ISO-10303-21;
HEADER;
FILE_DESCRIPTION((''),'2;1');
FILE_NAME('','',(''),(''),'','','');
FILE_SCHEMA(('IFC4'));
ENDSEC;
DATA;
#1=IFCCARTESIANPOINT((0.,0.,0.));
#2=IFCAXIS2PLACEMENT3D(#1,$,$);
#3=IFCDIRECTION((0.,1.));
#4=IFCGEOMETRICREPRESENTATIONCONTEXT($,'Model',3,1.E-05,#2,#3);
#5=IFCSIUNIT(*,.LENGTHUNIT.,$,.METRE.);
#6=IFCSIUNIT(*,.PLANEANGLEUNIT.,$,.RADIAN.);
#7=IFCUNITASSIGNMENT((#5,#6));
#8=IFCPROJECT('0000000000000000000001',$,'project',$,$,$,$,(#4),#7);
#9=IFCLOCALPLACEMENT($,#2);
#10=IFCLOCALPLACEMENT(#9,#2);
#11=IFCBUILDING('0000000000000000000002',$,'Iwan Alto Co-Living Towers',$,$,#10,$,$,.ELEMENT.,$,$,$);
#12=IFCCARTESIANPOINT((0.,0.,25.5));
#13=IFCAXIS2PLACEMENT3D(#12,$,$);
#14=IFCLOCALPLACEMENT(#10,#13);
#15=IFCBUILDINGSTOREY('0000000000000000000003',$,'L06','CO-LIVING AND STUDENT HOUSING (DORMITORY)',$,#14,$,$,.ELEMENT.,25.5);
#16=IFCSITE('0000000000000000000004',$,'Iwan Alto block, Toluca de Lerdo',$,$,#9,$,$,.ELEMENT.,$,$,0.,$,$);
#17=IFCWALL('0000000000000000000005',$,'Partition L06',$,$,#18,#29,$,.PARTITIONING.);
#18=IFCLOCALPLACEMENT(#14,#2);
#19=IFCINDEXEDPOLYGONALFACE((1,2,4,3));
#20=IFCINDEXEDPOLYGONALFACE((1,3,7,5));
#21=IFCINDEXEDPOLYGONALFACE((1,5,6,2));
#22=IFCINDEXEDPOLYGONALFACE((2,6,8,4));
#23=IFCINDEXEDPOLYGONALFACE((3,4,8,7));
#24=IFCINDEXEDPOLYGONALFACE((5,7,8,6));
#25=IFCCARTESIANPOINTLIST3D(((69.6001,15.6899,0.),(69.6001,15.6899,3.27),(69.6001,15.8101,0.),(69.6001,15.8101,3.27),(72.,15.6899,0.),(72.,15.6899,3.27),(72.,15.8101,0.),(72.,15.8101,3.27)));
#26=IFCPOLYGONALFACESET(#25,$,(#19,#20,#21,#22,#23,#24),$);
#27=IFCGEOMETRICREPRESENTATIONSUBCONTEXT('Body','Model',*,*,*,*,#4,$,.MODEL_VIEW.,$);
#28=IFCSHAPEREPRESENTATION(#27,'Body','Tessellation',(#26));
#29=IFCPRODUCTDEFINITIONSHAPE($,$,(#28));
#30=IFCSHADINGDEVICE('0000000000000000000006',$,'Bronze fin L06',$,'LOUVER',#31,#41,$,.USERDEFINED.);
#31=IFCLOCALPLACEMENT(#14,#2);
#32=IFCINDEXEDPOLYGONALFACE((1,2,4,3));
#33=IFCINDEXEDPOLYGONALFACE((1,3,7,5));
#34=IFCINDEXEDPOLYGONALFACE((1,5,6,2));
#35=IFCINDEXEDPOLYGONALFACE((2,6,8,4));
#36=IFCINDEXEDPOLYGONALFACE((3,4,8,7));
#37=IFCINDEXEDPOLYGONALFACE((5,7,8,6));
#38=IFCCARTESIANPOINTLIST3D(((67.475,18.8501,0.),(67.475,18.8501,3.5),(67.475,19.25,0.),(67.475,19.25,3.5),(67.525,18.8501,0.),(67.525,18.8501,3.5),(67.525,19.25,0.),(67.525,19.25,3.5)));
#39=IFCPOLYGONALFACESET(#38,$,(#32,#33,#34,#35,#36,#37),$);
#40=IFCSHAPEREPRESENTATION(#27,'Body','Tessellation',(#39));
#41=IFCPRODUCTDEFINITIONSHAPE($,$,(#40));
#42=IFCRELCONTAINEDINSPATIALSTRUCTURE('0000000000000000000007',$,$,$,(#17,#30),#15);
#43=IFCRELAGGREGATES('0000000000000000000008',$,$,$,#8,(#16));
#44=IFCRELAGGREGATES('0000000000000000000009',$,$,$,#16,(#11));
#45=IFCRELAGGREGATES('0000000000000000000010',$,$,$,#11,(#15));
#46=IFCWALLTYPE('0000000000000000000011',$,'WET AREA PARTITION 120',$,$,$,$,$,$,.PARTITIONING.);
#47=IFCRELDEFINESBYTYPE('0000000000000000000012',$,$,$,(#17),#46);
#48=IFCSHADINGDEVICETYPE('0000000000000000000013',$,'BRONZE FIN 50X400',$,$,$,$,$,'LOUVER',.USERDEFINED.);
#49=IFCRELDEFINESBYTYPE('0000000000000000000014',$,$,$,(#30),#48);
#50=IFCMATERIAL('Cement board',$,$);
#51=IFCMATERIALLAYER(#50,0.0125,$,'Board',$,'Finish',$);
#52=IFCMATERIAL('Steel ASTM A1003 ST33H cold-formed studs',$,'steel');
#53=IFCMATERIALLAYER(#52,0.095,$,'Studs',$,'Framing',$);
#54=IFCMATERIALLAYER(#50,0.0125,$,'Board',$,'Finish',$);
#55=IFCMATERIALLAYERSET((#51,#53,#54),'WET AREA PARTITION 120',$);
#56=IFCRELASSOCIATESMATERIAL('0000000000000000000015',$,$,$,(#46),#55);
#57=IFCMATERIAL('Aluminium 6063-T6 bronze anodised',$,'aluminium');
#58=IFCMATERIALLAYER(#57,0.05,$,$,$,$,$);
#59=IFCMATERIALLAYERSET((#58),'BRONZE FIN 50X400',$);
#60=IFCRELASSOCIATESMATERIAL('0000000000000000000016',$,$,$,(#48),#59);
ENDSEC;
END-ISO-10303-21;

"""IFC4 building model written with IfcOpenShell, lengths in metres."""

from ifc_helpers import new_model, si_unit, direction, frame, frame_2d, origin, origin_2d, place, context, subcontext, project, spatial, rectangle, extrude, material, layer, layer_set, type_object, element, save


model = new_model("IFC4")

# Units and contexts
model_context = context("Model", 3, precision=1e-05, world=origin(), true_north=direction((0.0, 1.0)))
body_context = subcontext(model_context, "Body", "Model", "MODEL_VIEW")
ifc_project = project(units=[si_unit("LENGTHUNIT", "METRE"), si_unit("PLANEANGLEUNIT", "RADIAN")], contexts=[model_context])

# Site, building, storey
site_placement = place(None, origin())
site = spatial("IfcSite", under=ifc_project, at=site_placement, Name="Iwan Alto block, Toluca de Lerdo", CompositionType="ELEMENT", RefElevation=0.0)
building_placement = place(site_placement, origin())
building = spatial("IfcBuilding", under=site, at=building_placement, Name="Iwan Alto Co-Living Towers", CompositionType="ELEMENT")
storey_placement = place(building_placement, frame((0.0, 0.0, 25.5)))
storey = spatial("IfcBuildingStorey", under=building, at=storey_placement, Name="L06", Description="CO-LIVING AND STUDENT HOUSING (DORMITORY)", CompositionType="ELEMENT", Elevation=25.5)

# Wall
ifc_material_1 = material(Name="Cement board")
ifc_layer_1 = layer(ifc_material_1, 0.0125, Name="Board", Category="Finish")
ifc_material_2 = material(Name="Steel ASTM A1003 ST33H cold-formed studs", Category="steel")
ifc_layer_2 = layer(ifc_material_2, 0.095, Name="Studs", Category="Framing")
ifc_layer_3 = layer(ifc_material_1, 0.0125, Name="Board", Category="Finish")
ifc_layer_set_1 = layer_set([ifc_layer_1, ifc_layer_2, ifc_layer_3], Name="WET AREA PARTITION 120")
wall_type = type_object("IfcWallType", Name="WET AREA PARTITION 120", PredefinedType="PARTITIONING", material=ifc_layer_set_1)
wall_placement = place(storey_placement, frame((69.6001, 15.75, 0.0), z_axis=(0.0, 0.0, 1.0), x_axis=(1.0, 0.0, 0.0)))
element("IfcWall", 1, at=wall_placement, inside=storey, type_object=wall_type, Name="Partition L06", PredefinedType="PARTITIONING", context=body_context, shape_type="SweptSolid", body=[
    extrude(rectangle(XDim=2.3999, YDim=0.1201, at=frame_2d((1.2, 0.0))), origin(), (0.0, 0.0, 1.0), 3.27),
])

# Shading device
ifc_material_3 = material(Name="Aluminium 6063-T6 bronze anodised", Category="aluminium")
ifc_layer_4 = layer(ifc_material_3, 0.05)
ifc_layer_set_2 = layer_set([ifc_layer_4], Name="BRONZE FIN 50X400")
shading_device_type = type_object("IfcShadingDeviceType", Name="BRONZE FIN 50X400", ElementType="LOUVER", PredefinedType="USERDEFINED", material=ifc_layer_set_2)
shading_device_placement = place(storey_placement, frame((67.5, 19.05, 0.0), z_axis=(0.0, 0.0, 1.0), x_axis=(-1.0, 0.0, 0.0)))
element("IfcShadingDevice", 2, at=shading_device_placement, inside=storey, type_object=shading_device_type, Name="Bronze fin L06", ObjectType="LOUVER", PredefinedType="USERDEFINED", context=body_context, shape_type="SweptSolid", body=[
    extrude(rectangle(XDim=0.05, YDim=0.3999, at=origin_2d()), origin(), (0.0, 0.0, 1.0), 3.5),
])

save(model, "model.ifc")
